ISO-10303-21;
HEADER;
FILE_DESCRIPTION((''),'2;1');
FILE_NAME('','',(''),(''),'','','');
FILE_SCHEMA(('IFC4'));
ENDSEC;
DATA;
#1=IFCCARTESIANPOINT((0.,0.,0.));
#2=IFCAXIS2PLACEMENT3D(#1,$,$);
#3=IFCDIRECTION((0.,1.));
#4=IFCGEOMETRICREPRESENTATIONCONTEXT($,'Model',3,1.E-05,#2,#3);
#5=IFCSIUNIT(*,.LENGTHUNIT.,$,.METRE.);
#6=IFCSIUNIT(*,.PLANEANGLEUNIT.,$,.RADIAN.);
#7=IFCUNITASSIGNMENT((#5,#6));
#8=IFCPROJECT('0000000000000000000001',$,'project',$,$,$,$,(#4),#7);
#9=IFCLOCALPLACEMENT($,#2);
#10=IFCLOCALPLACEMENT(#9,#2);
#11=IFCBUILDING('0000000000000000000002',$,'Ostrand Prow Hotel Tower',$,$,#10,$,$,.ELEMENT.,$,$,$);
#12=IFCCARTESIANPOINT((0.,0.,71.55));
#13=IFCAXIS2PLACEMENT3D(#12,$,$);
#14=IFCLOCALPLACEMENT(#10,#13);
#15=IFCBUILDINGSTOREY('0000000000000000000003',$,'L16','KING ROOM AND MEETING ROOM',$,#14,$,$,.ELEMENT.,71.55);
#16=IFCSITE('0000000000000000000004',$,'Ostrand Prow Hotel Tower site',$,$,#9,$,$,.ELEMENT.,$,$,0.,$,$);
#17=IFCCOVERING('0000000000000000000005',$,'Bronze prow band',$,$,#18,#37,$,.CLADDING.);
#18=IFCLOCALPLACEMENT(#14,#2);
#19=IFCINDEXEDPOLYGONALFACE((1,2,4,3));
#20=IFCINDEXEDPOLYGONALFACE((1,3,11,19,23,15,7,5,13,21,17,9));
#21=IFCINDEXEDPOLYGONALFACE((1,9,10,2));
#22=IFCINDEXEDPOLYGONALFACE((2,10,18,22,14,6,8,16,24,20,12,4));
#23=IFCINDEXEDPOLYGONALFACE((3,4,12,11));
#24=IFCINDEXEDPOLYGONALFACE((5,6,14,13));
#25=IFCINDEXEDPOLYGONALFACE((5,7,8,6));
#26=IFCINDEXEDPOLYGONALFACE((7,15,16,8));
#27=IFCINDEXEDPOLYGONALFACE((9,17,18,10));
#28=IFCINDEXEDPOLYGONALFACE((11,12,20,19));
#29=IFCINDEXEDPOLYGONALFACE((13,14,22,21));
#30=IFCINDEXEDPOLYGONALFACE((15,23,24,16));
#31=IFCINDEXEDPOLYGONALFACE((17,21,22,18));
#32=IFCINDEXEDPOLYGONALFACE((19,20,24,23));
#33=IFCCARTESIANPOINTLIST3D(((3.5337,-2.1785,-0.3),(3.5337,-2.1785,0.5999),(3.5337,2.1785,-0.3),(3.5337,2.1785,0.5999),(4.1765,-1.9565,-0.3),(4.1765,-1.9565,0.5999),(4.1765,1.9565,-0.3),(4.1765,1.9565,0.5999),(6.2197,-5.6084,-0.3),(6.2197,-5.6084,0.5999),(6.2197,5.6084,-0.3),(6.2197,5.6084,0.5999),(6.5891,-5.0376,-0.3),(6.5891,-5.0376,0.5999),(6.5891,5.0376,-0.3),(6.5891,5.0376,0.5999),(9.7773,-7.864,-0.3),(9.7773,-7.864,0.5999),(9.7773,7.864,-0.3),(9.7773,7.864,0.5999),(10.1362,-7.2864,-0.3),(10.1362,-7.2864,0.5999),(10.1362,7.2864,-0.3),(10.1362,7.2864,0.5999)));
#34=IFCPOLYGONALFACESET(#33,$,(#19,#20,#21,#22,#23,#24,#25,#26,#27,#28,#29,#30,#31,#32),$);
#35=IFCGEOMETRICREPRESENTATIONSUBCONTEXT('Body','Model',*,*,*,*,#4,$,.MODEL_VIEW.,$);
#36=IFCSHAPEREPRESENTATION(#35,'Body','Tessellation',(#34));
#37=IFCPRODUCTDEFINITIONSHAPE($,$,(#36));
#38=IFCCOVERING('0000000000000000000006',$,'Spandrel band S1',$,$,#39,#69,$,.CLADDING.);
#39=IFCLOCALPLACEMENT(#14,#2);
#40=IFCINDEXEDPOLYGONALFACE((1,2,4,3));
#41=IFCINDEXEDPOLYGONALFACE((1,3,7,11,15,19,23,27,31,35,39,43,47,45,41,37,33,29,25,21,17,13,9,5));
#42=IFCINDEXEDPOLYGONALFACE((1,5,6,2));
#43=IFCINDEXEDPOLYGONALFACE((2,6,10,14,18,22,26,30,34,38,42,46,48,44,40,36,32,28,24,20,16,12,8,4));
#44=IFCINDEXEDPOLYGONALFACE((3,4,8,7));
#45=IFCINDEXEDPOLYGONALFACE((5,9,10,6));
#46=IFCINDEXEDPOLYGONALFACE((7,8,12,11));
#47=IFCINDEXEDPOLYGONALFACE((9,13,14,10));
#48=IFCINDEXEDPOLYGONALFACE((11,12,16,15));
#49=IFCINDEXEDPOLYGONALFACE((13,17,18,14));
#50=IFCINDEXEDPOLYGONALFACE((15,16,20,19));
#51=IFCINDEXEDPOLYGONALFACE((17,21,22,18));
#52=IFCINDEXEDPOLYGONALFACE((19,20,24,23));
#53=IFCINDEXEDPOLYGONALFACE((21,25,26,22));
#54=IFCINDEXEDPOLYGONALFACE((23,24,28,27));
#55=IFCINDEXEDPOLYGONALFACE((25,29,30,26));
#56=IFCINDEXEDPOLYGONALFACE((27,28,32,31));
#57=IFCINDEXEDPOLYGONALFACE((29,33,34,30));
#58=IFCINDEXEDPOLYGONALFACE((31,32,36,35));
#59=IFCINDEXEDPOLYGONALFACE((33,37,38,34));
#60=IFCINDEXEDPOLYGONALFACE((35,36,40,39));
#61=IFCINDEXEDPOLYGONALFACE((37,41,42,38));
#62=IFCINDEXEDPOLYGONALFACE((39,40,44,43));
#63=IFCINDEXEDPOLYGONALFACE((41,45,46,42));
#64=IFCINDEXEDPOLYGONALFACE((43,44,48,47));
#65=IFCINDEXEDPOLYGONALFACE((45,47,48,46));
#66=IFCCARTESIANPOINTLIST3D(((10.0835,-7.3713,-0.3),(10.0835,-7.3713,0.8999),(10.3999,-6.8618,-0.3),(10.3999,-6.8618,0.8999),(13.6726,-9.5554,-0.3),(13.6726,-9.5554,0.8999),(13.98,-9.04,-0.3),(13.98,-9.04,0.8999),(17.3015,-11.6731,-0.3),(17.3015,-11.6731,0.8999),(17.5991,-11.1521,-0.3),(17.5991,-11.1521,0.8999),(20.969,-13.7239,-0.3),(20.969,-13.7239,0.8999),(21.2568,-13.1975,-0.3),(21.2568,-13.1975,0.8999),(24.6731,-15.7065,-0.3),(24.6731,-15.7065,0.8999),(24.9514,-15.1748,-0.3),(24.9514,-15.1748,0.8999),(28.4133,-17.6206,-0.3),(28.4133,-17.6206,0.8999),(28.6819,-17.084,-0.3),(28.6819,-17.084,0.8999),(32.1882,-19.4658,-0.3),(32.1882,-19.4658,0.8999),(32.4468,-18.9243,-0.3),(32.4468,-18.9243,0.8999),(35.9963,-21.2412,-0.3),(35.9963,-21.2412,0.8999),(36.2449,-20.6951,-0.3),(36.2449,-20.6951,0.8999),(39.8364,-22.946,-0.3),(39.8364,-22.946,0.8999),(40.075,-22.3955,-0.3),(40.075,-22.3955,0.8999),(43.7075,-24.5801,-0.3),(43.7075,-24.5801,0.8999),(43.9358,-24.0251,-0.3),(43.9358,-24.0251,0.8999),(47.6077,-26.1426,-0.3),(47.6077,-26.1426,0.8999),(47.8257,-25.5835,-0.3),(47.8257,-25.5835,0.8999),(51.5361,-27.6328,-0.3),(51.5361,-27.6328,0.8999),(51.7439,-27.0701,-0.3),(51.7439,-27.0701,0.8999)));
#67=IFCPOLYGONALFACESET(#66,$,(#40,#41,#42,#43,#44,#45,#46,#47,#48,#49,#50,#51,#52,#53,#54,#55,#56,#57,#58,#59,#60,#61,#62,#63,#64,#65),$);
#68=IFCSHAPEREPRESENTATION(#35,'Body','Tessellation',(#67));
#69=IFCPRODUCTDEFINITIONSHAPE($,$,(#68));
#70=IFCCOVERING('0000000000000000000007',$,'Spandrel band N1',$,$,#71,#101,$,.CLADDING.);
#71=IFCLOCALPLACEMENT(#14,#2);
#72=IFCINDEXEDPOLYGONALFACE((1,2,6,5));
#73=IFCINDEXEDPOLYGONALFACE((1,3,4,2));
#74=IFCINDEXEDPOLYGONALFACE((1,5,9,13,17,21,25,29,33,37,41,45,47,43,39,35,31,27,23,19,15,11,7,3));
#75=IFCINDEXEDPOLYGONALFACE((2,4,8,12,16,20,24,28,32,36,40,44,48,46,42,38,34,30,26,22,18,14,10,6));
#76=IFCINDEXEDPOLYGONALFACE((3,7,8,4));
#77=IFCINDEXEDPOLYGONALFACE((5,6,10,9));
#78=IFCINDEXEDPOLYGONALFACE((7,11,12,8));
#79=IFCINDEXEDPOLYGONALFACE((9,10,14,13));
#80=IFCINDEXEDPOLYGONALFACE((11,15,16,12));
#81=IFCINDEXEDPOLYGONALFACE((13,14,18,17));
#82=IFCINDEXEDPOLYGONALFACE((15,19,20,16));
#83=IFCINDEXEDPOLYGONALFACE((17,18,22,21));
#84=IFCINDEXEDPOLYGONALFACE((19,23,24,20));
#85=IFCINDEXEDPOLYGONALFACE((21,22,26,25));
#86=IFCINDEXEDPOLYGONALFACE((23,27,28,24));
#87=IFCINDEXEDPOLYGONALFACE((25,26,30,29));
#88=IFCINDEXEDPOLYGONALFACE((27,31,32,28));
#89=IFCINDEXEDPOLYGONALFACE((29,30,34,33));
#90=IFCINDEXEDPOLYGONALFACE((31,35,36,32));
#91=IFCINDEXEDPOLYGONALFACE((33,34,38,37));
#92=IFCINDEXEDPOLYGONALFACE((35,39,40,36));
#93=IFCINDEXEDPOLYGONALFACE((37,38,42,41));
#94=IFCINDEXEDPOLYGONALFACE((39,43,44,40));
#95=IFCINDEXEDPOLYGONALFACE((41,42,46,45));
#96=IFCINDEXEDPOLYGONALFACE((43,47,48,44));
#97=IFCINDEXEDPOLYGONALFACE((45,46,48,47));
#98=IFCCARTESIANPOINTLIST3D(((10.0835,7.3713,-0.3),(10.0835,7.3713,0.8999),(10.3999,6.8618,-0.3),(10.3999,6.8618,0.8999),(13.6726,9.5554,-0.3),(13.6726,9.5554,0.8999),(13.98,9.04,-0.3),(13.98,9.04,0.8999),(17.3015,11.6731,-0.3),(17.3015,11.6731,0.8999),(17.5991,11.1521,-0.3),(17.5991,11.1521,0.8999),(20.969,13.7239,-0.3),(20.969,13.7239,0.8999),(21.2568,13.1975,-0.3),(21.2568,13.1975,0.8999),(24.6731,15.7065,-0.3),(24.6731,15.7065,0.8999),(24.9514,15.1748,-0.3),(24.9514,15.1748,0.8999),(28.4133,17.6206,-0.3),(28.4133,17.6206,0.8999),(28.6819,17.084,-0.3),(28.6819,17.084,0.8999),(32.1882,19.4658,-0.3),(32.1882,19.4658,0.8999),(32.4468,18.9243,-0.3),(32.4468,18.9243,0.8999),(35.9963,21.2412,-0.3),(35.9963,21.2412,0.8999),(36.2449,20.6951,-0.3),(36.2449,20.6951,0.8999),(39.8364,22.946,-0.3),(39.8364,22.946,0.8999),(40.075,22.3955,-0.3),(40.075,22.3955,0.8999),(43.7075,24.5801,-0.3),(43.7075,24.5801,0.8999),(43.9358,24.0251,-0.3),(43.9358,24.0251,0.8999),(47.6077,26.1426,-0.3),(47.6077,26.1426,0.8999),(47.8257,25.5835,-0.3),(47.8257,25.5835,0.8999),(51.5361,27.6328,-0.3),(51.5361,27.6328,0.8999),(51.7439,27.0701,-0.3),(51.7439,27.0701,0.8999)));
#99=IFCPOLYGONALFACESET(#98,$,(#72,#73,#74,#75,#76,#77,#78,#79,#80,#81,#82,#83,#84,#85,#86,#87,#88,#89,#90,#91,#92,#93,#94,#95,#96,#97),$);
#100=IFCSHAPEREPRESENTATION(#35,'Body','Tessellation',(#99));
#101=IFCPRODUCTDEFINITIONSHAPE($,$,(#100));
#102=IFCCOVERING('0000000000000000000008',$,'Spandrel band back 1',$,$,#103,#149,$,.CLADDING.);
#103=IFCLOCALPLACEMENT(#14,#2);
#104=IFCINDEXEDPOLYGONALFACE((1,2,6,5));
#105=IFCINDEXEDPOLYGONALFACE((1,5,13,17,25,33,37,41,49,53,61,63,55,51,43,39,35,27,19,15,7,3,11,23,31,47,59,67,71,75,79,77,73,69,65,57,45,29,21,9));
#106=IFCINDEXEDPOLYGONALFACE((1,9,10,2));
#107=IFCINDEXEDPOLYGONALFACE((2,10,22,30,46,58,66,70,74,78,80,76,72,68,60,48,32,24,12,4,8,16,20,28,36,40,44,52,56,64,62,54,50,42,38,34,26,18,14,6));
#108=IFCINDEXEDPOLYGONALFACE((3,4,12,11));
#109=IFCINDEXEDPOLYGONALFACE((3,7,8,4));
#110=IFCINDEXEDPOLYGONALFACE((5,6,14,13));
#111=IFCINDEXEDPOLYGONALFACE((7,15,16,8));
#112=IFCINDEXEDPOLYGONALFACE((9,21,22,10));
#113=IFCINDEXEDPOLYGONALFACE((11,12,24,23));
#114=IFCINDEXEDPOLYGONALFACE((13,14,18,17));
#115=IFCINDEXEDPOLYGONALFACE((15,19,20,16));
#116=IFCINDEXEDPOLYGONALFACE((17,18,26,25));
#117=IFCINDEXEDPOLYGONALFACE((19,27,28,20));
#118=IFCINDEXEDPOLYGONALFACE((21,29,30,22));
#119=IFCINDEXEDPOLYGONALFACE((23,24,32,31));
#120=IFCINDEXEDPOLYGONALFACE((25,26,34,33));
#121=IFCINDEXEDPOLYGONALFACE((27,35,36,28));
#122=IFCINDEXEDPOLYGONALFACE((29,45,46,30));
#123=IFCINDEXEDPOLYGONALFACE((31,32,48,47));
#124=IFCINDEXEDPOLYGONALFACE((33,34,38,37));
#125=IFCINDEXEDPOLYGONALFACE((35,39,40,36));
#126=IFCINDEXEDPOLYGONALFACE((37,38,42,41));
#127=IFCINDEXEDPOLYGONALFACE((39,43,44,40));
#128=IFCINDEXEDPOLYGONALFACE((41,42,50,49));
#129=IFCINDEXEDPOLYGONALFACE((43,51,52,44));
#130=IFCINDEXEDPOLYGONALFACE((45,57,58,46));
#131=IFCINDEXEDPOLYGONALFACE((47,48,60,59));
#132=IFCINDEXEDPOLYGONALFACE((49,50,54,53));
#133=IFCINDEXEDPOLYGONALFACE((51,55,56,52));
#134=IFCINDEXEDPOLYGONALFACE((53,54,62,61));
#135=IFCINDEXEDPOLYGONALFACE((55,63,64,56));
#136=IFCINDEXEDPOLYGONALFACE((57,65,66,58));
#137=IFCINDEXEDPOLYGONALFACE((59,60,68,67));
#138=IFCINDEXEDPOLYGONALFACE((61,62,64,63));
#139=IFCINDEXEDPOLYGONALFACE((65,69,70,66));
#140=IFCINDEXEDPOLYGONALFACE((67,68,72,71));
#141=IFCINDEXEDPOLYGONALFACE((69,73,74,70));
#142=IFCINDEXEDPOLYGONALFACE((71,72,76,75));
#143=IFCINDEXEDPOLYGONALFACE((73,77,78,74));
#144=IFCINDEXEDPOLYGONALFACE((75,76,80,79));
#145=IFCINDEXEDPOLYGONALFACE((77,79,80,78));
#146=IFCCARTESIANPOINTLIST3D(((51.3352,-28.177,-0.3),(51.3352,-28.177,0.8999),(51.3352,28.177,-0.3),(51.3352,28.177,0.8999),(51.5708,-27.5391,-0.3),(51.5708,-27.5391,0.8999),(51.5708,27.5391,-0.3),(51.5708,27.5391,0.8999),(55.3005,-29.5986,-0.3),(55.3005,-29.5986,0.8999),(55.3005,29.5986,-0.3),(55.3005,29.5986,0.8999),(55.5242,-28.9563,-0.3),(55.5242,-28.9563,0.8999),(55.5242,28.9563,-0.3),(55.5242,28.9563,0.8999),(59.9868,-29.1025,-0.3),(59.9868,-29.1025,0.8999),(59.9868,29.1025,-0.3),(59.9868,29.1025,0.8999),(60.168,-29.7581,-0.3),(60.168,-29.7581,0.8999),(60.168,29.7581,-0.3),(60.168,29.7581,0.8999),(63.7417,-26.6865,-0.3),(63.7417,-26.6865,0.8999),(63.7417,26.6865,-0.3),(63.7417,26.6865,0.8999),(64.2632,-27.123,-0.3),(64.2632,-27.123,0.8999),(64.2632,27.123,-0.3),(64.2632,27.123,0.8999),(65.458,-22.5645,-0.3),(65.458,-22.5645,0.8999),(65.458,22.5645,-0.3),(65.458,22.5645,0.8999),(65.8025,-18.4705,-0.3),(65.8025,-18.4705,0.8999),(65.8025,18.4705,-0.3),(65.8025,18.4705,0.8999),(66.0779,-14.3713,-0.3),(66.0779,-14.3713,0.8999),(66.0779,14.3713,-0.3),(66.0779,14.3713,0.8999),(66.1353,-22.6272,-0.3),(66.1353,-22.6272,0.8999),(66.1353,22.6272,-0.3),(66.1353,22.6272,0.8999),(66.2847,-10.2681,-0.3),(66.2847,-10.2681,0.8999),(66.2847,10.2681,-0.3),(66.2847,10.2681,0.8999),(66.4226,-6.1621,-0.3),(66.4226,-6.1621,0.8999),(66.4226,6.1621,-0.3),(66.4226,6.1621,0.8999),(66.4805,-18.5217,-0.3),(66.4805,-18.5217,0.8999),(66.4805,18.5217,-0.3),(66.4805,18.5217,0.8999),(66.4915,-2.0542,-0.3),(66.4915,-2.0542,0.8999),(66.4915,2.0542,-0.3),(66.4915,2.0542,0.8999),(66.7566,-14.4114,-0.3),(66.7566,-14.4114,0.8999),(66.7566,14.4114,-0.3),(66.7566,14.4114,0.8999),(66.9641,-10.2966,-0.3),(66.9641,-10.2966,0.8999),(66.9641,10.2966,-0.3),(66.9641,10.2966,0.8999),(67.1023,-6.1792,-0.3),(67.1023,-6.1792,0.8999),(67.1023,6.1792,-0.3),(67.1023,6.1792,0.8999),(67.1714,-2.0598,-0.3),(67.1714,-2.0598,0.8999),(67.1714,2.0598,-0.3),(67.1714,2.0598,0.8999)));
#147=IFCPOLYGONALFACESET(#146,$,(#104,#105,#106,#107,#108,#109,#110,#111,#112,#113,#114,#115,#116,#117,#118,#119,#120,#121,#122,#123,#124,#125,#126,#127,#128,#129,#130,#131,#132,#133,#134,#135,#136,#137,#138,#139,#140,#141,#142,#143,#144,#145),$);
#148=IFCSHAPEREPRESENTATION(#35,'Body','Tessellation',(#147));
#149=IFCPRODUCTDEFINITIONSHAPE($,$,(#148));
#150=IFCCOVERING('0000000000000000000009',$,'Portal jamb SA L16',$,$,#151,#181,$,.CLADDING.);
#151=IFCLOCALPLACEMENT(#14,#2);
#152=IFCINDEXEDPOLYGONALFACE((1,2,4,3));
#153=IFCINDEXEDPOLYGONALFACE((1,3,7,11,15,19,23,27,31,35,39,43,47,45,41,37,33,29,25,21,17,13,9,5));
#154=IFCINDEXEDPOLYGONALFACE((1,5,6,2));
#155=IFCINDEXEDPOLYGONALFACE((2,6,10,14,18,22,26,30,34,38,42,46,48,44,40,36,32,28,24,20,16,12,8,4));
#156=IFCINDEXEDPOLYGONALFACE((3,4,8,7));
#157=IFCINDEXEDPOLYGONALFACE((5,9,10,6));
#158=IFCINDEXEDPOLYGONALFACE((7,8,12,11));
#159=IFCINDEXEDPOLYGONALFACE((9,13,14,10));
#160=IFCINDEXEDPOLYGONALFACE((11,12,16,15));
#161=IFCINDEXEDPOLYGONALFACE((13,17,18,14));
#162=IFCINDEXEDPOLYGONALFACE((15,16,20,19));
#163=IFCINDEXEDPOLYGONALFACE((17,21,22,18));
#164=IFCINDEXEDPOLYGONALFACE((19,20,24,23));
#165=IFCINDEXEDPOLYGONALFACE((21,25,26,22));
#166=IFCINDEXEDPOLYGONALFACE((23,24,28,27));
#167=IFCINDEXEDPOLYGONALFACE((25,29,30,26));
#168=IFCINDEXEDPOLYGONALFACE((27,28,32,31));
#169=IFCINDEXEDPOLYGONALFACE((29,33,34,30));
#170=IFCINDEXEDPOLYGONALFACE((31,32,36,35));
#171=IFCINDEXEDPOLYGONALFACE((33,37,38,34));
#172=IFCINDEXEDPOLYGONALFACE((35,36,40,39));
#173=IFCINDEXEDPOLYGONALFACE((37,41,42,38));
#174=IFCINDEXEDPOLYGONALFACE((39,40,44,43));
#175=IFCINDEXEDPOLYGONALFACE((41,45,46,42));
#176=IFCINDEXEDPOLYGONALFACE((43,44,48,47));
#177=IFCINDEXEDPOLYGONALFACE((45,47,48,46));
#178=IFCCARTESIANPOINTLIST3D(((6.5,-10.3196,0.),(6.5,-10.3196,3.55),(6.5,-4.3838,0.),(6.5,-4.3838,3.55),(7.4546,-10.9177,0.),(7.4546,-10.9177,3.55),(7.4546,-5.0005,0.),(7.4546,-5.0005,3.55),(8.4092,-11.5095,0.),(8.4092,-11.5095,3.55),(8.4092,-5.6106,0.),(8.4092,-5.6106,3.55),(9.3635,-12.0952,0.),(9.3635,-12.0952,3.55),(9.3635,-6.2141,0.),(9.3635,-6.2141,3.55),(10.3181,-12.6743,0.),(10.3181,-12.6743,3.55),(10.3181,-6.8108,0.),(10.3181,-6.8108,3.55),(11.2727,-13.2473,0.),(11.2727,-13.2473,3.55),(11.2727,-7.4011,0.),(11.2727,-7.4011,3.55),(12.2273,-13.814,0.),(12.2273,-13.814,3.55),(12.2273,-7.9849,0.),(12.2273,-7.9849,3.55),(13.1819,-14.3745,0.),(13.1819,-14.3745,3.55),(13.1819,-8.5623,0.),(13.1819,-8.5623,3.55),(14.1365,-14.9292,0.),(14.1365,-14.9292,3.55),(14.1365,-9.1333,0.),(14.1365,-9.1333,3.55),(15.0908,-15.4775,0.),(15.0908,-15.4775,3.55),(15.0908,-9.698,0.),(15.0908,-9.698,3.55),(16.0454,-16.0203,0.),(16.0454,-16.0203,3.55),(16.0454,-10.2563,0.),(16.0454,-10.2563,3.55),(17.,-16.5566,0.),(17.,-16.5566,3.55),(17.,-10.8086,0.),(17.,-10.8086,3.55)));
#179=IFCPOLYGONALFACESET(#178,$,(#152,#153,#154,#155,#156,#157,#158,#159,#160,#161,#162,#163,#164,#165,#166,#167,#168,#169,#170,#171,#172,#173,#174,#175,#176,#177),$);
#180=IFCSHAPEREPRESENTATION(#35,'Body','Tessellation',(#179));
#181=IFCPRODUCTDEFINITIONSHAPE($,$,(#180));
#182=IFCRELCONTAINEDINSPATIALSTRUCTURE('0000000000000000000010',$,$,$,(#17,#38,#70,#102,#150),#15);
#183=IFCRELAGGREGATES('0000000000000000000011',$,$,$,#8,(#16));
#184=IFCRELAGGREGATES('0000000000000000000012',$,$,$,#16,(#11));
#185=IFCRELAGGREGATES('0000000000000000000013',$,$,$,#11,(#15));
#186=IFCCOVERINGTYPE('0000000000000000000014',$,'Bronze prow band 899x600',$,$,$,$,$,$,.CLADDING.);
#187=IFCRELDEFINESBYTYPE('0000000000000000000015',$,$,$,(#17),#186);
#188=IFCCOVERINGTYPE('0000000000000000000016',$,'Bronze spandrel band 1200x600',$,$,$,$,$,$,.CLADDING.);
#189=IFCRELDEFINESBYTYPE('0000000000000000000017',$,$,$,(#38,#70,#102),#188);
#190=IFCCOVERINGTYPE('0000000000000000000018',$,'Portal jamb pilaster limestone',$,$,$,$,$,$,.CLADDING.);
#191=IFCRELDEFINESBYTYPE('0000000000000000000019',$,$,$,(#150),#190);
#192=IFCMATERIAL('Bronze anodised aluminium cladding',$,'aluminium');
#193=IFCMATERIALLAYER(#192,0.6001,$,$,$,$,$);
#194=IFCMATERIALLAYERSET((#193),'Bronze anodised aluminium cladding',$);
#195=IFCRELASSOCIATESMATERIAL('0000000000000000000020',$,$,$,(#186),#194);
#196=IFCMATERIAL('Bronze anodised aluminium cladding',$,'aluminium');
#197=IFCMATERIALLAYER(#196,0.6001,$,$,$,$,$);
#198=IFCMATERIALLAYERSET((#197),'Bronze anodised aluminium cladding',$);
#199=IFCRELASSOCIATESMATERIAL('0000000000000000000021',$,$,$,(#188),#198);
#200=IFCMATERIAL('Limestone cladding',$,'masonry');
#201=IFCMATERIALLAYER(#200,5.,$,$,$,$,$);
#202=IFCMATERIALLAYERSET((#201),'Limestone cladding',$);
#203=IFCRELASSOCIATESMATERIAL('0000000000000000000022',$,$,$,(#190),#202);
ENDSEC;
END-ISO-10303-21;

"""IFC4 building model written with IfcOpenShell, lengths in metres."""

from ifc_helpers import new_model, si_unit, direction, frame, origin, place, context, subcontext, project, spatial, polyline, outline, extrude, material, layer, layer_set, type_object, element, save


model = new_model("IFC4")

# Units and contexts
model_context = context("Model", 3, precision=1e-05, world=origin(), true_north=direction((0.0, 1.0)))
body_context = subcontext(model_context, "Body", "Model", "MODEL_VIEW")
ifc_project = project(units=[si_unit("LENGTHUNIT", "METRE"), si_unit("PLANEANGLEUNIT", "RADIAN")], contexts=[model_context])

# Site, building, storey
site_placement = place(None, origin())
site = spatial("IfcSite", under=ifc_project, at=site_placement, Name="Ostrand Prow Hotel Tower site", CompositionType="ELEMENT", RefElevation=0.0)
building_placement = place(site_placement, origin())
building = spatial("IfcBuilding", under=site, at=building_placement, Name="Ostrand Prow Hotel Tower", CompositionType="ELEMENT")
storey_placement = place(building_placement, frame((0.0, 0.0, 71.55)))
storey = spatial("IfcBuildingStorey", under=building, at=storey_placement, Name="L16", Description="KING ROOM AND MEETING ROOM", CompositionType="ELEMENT", Elevation=71.55)

# Coverings
ifc_material_1 = material(Name="Bronze anodised aluminium cladding", Category="aluminium")
ifc_layer_1 = layer(ifc_material_1, 0.6001)
ifc_layer_set_1 = layer_set([ifc_layer_1], Name="Bronze anodised aluminium cladding")
covering_type_1 = type_object("IfcCoveringType", Name="Bronze prow band 899x600", PredefinedType="CLADDING", material=ifc_layer_set_1)
covering_1_placement = place(storey_placement, frame((0.0, 0.0, -0.3)))
element("IfcCovering", 1, at=covering_1_placement, inside=storey, type_object=covering_type_1, Name="Bronze prow band", PredefinedType="CLADDING", context=body_context, shape_type="SweptSolid", body=[
    extrude(outline(polyline([(9.7773, 7.864), (6.2197, 5.6084), (3.5337, 2.1785), (3.5337, -2.1785), (6.2197, -5.6084), (9.7773, -7.864), (10.1362, -7.2864), (6.5891, -5.0376), (4.1765, -1.9565), (4.1765, 1.9565), (6.5891, 5.0376), (10.1362, 7.2864), (9.7773, 7.864)])), origin(), (0.0, 0.0, 1.0), 0.8999),
])
ifc_material_2 = material(Name="Bronze anodised aluminium cladding", Category="aluminium")
ifc_layer_2 = layer(ifc_material_2, 0.6001)
ifc_layer_set_2 = layer_set([ifc_layer_2], Name="Bronze anodised aluminium cladding")
covering_type_2 = type_object("IfcCoveringType", Name="Bronze spandrel band 1200x600", PredefinedType="CLADDING", material=ifc_layer_set_2)
covering_2_placement = place(storey_placement, frame((0.0, 0.0, -0.3)))
element("IfcCovering", 2, at=covering_2_placement, inside=storey, type_object=covering_type_2, Name="Spandrel band S1", PredefinedType="CLADDING", context=body_context, shape_type="SweptSolid", body=[
    extrude(outline(polyline([(10.0835, -7.3713), (13.6726, -9.5554), (17.3015, -11.6731), (20.969, -13.7239), (24.6731, -15.7065), (28.4133, -17.6206), (32.1882, -19.4658), (35.9963, -21.2412), (39.8364, -22.946), (43.7075, -24.5801), (47.6077, -26.1426), (51.5361, -27.6328), (51.7439, -27.0701), (47.8257, -25.5835), (43.9358, -24.0251), (40.075, -22.3955), (36.2449, -20.6951), (32.4468, -18.9243), (28.6819, -17.084), (24.9514, -15.1748), (21.2568, -13.1975), (17.5991, -11.1521), (13.98, -9.04), (10.3999, -6.8618), (10.0835, -7.3713)])), origin(), (0.0, 0.0, 1.0), 1.2),
])
covering_3_placement = place(storey_placement, frame((0.0, 0.0, -0.3)))
element("IfcCovering", 3, at=covering_3_placement, inside=storey, type_object=covering_type_2, Name="Spandrel band N1", PredefinedType="CLADDING", context=body_context, shape_type="SweptSolid", body=[
    extrude(outline(polyline([(51.5361, 27.6328), (47.6077, 26.1426), (43.7075, 24.5801), (39.8364, 22.946), (35.9963, 21.2412), (32.1882, 19.4658), (28.4133, 17.6206), (24.6731, 15.7065), (20.969, 13.7239), (17.3015, 11.6731), (13.6726, 9.5554), (10.0835, 7.3713), (10.3999, 6.8618), (13.98, 9.04), (17.5991, 11.1521), (21.2568, 13.1975), (24.9514, 15.1748), (28.6819, 17.084), (32.4468, 18.9243), (36.2449, 20.6951), (40.075, 22.3955), (43.9358, 24.0251), (47.8257, 25.5835), (51.7439, 27.0701), (51.5361, 27.6328)])), origin(), (0.0, 0.0, 1.0), 1.2),
])
covering_4_placement = place(storey_placement, frame((0.0, 0.0, -0.3)))
element("IfcCovering", 4, at=covering_4_placement, inside=storey, type_object=covering_type_2, Name="Spandrel band back 1", PredefinedType="CLADDING", context=body_context, shape_type="SweptSolid", body=[
    extrude(outline(polyline([(51.3352, -28.177), (55.3005, -29.5986), (60.168, -29.7581), (64.2632, -27.123), (66.1353, -22.6272), (66.4805, -18.5217), (66.7566, -14.4114), (66.9641, -10.2966), (67.1023, -6.1792), (67.1714, -2.0598), (67.1714, 2.0598), (67.1023, 6.1792), (66.9641, 10.2966), (66.7566, 14.4114), (66.4805, 18.5217), (66.1353, 22.6272), (64.2632, 27.123), (60.168, 29.7581), (55.3005, 29.5986), (51.3352, 28.177), (51.5708, 27.5391), (55.5242, 28.9563), (59.9868, 29.1025), (63.7417, 26.6865), (65.458, 22.5645), (65.8025, 18.4705), (66.0779, 14.3713), (66.2847, 10.2681), (66.4226, 6.1621), (66.4915, 2.0542), (66.4915, -2.0542), (66.4226, -6.1621), (66.2847, -10.2681), (66.0779, -14.3713), (65.8025, -18.4705), (65.458, -22.5645), (63.7417, -26.6865), (59.9868, -29.1025), (55.5242, -28.9563), (51.5708, -27.5391), (51.3352, -28.177)])), origin(), (0.0, 0.0, 1.0), 1.2),
])
ifc_material_3 = material(Name="Limestone cladding", Category="masonry")
ifc_layer_3 = layer(ifc_material_3, 5.0)
ifc_layer_set_3 = layer_set([ifc_layer_3], Name="Limestone cladding")
covering_type_3 = type_object("IfcCoveringType", Name="Portal jamb pilaster limestone", PredefinedType="CLADDING", material=ifc_layer_set_3)
covering_5_placement = place(storey_placement, origin())
element("IfcCovering", 5, at=covering_5_placement, inside=storey, type_object=covering_type_3, Name="Portal jamb SA L16", PredefinedType="CLADDING", context=body_context, shape_type="SweptSolid", body=[
    extrude(outline(polyline([(6.5, -4.3838), (6.5, -10.3196), (7.4546, -10.9177), (8.4092, -11.5095), (9.3635, -12.0952), (10.3181, -12.6743), (11.2727, -13.2473), (12.2273, -13.814), (13.1819, -14.3745), (14.1365, -14.9292), (15.0908, -15.4775), (16.0454, -16.0203), (17.0, -16.5566), (17.0, -10.8086), (16.0454, -10.2563), (15.0908, -9.698), (14.1365, -9.1333), (13.1819, -8.5623), (12.2273, -7.9849), (11.2727, -7.4011), (10.3181, -6.8108), (9.3635, -6.2141), (8.4092, -5.6106), (7.4546, -5.0005), (6.5, -4.3838)])), origin(), (0.0, 0.0, 1.0), 3.55),
])

save(model, "model.ifc")
